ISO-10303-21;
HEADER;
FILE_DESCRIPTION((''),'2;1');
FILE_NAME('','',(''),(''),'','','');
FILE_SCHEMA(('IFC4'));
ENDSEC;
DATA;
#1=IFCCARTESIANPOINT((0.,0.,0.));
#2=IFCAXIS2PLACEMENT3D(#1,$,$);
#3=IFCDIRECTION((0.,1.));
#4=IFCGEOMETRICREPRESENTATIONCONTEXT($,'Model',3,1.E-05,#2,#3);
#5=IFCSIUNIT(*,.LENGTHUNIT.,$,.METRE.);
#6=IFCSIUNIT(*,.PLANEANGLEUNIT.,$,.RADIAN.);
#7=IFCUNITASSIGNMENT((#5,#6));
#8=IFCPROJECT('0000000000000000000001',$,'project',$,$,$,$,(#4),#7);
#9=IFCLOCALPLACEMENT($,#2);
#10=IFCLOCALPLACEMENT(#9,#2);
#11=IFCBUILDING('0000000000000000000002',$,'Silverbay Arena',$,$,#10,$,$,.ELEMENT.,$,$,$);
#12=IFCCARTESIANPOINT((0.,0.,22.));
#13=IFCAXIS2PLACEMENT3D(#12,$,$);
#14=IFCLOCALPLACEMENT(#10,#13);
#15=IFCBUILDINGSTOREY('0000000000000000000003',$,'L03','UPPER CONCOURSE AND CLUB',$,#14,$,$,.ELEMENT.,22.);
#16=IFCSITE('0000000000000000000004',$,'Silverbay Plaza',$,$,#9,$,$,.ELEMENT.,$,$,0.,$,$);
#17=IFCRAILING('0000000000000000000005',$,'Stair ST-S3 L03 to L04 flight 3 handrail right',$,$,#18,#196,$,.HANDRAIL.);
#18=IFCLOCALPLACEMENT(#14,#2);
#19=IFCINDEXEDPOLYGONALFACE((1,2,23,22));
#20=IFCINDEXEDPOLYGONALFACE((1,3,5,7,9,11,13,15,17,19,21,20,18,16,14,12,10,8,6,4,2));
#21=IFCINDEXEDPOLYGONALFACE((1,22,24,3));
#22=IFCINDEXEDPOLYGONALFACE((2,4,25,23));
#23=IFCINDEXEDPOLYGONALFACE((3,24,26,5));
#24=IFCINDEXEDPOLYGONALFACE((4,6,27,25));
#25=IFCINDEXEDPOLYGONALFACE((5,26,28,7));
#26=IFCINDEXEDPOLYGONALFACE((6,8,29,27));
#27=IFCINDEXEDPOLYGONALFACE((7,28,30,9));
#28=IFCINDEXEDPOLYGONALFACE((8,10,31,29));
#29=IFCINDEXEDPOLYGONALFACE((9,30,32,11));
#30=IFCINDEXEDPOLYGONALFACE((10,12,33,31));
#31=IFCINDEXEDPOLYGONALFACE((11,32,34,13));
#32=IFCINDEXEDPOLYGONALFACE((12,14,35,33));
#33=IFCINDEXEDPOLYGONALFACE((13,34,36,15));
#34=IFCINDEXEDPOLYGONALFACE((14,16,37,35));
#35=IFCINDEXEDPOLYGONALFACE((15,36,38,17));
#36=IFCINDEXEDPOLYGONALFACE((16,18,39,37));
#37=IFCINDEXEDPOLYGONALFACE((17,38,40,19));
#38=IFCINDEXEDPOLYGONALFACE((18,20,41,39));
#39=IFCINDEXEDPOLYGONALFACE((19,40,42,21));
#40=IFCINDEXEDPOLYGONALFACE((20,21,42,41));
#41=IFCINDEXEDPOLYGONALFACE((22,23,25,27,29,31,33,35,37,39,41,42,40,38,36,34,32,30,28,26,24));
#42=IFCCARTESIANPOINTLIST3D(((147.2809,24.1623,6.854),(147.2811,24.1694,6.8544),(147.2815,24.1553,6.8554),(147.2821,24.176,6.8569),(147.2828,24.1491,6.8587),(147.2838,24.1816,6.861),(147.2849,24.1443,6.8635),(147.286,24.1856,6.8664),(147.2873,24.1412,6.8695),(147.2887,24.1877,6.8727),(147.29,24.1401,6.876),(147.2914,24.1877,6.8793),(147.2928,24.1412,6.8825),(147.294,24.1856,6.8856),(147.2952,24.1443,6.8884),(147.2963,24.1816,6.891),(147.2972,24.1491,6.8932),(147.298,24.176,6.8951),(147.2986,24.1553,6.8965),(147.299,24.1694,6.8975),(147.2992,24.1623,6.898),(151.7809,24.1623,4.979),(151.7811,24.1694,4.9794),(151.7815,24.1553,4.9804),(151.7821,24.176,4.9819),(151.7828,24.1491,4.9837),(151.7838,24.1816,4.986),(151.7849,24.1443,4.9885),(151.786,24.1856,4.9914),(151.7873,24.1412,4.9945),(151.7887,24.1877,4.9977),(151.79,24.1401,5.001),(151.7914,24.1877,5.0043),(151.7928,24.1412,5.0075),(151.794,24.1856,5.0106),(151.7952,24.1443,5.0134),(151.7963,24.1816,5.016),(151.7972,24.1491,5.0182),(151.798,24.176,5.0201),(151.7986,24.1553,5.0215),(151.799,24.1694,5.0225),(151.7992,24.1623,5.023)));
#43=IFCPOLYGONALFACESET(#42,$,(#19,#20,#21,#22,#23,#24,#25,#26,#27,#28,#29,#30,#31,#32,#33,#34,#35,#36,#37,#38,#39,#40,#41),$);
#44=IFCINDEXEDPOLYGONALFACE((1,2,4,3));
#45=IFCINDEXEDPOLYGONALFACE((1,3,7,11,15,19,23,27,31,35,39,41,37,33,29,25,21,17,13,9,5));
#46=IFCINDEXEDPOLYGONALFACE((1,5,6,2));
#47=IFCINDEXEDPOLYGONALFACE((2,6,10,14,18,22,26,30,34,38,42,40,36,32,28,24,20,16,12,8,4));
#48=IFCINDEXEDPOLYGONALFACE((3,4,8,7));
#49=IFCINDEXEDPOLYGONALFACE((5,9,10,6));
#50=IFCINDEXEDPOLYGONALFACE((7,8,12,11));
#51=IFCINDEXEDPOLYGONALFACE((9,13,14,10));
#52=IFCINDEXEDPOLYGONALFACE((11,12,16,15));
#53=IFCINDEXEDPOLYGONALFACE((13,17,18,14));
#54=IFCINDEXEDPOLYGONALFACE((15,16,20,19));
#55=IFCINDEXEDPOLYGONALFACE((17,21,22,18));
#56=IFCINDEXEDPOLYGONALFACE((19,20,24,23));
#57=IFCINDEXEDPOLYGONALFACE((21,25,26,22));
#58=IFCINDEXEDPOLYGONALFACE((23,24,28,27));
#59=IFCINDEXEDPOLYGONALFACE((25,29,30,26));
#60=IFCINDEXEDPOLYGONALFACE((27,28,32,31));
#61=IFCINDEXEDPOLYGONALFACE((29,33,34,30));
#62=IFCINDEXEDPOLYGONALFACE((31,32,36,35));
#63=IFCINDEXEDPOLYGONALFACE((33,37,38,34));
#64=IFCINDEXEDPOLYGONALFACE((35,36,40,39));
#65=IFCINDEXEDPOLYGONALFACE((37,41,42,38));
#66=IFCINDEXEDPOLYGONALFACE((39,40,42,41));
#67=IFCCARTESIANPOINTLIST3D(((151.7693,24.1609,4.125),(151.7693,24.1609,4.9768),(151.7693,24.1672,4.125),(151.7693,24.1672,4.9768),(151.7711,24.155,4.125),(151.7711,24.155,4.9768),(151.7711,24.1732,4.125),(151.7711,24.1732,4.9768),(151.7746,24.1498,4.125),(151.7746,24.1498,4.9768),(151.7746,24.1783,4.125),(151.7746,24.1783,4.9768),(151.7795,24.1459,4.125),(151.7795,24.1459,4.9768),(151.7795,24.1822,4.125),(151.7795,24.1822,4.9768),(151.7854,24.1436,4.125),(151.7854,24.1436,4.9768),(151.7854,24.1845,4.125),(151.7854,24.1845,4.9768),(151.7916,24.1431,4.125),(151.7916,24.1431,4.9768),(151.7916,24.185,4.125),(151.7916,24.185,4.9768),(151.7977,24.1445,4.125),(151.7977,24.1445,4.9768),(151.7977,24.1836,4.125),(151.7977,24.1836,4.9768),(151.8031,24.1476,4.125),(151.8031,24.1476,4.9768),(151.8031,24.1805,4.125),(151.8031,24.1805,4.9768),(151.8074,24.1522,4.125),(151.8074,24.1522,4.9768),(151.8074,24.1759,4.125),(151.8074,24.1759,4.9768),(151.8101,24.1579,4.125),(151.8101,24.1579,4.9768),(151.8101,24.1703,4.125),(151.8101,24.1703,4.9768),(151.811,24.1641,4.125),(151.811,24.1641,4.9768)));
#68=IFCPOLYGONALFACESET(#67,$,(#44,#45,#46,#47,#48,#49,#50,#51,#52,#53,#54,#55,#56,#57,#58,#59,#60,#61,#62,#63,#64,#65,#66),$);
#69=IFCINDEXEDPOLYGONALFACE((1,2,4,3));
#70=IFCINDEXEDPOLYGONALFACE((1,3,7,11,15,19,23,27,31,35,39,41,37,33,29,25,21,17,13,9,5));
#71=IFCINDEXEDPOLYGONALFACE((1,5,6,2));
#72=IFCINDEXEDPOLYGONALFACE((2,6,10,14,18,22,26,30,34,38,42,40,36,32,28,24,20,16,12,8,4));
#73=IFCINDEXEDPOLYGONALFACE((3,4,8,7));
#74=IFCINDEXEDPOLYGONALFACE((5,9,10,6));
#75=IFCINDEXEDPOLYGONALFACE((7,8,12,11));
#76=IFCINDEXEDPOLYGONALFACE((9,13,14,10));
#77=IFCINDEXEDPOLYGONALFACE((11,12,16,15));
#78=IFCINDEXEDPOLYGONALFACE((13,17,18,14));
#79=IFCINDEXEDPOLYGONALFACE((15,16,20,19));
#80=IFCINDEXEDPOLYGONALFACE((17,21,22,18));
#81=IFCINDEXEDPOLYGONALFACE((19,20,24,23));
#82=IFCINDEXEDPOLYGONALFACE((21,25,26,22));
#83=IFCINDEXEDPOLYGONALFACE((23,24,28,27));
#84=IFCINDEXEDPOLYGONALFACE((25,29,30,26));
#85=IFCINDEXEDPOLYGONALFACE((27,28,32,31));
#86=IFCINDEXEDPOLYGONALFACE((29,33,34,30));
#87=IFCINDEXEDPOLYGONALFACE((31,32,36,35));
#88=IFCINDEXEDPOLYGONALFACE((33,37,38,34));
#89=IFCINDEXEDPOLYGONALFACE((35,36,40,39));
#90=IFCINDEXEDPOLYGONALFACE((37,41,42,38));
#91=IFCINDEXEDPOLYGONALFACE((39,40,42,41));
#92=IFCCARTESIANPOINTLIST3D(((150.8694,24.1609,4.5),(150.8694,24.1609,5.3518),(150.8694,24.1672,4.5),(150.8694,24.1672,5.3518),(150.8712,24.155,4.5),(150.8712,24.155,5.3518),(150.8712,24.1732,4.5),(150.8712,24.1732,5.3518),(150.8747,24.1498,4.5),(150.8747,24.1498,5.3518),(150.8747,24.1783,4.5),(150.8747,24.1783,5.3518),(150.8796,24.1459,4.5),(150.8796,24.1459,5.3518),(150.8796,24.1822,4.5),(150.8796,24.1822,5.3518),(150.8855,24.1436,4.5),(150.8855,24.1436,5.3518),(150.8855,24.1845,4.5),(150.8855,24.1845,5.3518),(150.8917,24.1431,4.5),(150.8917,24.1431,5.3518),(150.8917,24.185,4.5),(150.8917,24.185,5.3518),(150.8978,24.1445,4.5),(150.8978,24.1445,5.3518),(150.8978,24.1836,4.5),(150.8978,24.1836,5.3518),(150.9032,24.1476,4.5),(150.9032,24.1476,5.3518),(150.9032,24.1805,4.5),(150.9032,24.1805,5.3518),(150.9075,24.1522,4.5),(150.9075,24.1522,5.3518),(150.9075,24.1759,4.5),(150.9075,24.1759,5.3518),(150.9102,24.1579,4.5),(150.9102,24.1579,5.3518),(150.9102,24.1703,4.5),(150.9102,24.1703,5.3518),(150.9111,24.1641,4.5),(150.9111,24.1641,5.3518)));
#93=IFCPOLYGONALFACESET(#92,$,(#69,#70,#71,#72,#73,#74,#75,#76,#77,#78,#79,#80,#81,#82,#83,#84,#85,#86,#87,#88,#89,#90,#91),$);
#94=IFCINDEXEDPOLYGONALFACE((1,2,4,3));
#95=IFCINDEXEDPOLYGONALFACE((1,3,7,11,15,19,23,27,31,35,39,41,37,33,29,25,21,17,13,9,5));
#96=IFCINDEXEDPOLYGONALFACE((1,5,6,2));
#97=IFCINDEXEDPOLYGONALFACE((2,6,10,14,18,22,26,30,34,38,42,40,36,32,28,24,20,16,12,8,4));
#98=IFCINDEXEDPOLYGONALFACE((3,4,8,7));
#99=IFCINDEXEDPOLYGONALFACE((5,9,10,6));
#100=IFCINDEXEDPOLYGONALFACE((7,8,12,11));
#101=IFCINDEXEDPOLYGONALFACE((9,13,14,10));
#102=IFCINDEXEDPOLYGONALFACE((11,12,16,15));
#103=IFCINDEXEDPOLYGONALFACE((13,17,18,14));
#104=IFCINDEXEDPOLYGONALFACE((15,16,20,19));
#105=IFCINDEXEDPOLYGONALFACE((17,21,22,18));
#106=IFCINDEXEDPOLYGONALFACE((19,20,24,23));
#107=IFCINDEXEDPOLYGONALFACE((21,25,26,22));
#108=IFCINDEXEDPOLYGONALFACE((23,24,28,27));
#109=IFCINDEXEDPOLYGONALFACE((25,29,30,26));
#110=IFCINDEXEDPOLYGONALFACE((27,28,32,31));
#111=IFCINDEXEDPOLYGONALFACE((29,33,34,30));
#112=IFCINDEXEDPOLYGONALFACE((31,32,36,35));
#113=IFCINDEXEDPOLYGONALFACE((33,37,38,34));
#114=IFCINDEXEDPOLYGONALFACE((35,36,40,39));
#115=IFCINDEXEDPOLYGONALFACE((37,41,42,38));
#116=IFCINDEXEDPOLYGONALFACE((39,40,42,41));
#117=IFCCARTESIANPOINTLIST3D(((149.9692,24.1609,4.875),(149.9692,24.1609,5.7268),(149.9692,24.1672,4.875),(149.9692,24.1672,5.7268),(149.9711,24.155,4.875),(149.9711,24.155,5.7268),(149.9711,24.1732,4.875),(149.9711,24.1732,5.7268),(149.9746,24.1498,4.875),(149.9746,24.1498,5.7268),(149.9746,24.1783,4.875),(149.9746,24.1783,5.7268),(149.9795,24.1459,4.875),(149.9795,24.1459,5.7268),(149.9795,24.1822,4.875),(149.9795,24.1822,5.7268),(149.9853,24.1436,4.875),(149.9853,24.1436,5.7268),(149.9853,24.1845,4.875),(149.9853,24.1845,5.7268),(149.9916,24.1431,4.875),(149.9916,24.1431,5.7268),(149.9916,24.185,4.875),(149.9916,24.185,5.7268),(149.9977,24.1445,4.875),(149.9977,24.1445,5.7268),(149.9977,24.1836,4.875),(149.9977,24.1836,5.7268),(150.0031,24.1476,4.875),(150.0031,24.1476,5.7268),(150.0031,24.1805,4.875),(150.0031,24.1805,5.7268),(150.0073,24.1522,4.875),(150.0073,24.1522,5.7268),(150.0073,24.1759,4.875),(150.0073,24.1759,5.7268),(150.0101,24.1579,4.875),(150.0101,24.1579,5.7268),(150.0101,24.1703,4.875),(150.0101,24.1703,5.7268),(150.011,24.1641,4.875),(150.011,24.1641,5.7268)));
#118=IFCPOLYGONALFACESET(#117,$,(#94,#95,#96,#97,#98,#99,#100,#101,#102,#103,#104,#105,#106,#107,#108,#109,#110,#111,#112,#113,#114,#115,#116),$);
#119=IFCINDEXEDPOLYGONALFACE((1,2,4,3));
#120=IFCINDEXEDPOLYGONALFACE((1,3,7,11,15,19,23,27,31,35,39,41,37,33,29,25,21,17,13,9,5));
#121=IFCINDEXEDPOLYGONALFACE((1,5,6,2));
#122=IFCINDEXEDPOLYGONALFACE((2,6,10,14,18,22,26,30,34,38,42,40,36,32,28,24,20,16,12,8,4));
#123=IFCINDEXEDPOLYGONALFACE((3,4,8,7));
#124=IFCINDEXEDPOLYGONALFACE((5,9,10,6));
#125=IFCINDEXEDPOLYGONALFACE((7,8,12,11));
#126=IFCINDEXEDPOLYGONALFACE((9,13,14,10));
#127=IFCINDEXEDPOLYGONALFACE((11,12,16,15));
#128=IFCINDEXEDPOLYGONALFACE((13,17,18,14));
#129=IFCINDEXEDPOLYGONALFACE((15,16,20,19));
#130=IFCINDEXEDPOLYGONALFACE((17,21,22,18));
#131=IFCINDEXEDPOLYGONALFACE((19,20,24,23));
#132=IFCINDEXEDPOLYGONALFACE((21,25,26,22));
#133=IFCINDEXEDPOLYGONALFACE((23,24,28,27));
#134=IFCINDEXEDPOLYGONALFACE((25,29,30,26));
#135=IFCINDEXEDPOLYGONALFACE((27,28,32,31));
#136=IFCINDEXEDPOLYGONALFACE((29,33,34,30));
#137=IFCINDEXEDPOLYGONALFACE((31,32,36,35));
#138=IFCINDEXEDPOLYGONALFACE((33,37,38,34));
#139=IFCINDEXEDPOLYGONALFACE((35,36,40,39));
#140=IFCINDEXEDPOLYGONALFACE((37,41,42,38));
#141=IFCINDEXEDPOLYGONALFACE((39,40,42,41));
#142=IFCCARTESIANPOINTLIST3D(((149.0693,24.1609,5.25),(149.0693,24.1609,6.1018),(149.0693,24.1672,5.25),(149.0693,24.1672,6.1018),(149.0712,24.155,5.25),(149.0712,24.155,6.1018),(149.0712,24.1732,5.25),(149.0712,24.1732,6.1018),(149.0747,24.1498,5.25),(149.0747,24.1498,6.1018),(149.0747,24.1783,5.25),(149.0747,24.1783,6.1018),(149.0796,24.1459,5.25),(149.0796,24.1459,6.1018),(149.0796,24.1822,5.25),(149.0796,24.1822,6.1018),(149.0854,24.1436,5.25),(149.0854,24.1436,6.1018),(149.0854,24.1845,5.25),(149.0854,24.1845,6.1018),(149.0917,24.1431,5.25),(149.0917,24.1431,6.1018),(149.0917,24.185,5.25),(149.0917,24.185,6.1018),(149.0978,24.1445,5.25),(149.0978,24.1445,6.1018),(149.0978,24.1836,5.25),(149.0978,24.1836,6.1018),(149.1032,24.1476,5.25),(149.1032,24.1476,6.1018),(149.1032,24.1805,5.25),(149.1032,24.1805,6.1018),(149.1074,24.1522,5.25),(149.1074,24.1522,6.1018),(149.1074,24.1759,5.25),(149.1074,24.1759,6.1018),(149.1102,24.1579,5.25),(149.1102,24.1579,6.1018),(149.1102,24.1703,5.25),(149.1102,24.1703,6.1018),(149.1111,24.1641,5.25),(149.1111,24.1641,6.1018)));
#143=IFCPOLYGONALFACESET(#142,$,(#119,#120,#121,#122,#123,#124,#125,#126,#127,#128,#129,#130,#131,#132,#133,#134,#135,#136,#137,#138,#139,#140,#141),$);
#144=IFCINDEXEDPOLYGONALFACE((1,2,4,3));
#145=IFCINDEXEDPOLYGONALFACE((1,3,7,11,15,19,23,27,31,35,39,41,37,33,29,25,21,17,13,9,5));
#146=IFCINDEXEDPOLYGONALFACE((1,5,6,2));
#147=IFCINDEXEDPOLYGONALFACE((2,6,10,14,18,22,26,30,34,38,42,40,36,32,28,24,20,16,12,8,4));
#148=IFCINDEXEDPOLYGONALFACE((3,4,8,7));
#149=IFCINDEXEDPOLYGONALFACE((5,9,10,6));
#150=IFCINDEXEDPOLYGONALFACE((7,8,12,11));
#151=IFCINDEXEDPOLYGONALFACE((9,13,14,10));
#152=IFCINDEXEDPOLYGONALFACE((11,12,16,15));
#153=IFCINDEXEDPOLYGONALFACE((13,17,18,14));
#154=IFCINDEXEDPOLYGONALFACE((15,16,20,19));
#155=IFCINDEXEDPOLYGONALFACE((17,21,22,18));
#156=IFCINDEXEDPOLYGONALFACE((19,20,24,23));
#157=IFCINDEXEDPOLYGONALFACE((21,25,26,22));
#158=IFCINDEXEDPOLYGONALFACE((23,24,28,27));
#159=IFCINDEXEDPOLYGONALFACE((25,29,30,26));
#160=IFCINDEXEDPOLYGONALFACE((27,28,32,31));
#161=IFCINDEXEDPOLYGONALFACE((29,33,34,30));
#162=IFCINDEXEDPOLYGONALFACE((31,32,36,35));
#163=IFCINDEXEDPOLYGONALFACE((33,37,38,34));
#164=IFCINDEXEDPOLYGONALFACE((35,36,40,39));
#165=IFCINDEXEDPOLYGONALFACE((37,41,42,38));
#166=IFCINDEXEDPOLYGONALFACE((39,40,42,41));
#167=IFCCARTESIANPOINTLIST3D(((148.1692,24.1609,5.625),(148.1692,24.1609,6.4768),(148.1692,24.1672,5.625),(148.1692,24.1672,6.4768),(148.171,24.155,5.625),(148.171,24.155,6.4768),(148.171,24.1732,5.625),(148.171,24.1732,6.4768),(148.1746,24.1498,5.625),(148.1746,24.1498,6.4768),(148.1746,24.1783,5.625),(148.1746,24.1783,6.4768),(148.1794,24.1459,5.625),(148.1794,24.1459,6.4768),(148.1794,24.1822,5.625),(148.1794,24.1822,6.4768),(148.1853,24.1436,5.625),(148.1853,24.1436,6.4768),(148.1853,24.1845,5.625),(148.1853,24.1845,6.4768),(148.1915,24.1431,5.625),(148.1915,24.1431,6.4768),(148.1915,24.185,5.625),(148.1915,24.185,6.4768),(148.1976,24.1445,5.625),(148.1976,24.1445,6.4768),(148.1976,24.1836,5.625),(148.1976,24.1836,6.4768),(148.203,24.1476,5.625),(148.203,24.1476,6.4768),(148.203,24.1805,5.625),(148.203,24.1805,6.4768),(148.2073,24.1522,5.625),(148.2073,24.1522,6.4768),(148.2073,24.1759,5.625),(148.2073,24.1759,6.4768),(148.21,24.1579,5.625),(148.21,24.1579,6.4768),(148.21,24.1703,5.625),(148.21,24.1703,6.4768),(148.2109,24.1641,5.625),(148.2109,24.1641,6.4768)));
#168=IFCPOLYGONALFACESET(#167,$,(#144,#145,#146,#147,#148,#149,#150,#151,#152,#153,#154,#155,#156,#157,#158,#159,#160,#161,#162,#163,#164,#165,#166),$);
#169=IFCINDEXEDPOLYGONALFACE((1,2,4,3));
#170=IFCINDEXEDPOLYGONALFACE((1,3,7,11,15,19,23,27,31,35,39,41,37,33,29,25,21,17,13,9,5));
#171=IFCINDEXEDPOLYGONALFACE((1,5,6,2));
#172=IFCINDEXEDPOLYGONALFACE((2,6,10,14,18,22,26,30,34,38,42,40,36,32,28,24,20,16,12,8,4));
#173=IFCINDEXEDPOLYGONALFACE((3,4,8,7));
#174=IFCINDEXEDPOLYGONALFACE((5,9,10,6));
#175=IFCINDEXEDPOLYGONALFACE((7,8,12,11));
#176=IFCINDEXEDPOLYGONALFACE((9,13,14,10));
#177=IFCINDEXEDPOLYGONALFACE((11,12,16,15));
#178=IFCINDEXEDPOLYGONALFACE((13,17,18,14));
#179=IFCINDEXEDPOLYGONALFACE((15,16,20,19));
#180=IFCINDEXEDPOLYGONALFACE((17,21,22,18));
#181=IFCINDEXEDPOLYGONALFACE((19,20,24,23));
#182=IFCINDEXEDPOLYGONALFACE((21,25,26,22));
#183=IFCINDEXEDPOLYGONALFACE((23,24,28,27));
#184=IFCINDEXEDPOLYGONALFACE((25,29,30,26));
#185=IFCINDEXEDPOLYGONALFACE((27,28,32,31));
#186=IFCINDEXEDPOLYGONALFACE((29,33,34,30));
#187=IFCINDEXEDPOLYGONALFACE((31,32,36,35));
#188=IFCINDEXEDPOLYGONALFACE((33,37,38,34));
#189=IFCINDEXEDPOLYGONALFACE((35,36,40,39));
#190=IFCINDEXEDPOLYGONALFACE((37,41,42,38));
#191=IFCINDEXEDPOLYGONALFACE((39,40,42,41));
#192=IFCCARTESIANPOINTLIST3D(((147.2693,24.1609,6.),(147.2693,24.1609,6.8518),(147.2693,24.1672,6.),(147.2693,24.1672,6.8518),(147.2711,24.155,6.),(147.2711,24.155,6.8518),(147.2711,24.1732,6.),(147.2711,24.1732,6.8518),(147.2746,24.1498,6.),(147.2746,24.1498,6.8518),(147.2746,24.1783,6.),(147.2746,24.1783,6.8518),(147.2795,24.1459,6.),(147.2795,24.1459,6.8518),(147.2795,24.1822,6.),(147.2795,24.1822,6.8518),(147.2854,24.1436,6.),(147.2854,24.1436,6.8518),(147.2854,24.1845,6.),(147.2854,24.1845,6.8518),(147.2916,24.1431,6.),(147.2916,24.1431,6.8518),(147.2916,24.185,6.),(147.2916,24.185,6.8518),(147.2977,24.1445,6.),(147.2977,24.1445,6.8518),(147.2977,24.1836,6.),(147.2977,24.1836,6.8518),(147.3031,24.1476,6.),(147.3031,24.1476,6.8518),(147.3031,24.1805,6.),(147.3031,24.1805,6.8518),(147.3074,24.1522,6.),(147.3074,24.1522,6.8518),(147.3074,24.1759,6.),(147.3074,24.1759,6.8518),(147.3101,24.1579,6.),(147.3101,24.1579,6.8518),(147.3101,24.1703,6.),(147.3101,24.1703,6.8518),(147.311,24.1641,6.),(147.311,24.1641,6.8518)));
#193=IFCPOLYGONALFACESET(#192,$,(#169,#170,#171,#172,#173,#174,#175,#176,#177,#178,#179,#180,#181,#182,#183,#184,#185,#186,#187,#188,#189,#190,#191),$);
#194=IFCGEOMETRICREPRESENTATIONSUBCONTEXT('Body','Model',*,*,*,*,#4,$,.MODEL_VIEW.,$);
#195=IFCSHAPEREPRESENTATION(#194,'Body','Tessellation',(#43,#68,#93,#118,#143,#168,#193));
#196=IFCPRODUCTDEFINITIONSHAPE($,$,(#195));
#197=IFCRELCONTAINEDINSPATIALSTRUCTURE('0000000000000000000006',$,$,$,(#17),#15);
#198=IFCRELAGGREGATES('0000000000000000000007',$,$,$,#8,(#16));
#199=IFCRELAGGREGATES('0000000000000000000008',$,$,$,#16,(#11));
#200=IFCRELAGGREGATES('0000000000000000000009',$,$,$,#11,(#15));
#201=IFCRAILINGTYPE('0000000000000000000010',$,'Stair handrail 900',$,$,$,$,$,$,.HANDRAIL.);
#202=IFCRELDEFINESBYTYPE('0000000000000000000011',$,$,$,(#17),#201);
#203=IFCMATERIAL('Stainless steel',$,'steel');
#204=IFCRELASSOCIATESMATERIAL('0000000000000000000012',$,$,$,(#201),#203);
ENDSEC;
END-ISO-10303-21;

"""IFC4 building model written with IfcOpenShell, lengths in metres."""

from ifc_helpers import new_model, si_unit, direction, frame, origin, origin_2d, place, context, subcontext, project, spatial, circle, extrude, material, type_object, element, save


model = new_model("IFC4")

# Units and contexts
model_context = context("Model", 3, precision=1e-05, world=origin(), true_north=direction((0.0, 1.0)))
body_context = subcontext(model_context, "Body", "Model", "MODEL_VIEW")
ifc_project = project(units=[si_unit("LENGTHUNIT", "METRE"), si_unit("PLANEANGLEUNIT", "RADIAN")], contexts=[model_context])

# Site, building, storey
site_placement = place(None, origin())
site = spatial("IfcSite", under=ifc_project, at=site_placement, Name="Silverbay Plaza", CompositionType="ELEMENT", RefElevation=0.0)
building_placement = place(site_placement, origin())
building = spatial("IfcBuilding", under=site, at=building_placement, Name="Silverbay Arena", CompositionType="ELEMENT")
storey_placement = place(building_placement, frame((0.0, 0.0, 22.0)))
storey = spatial("IfcBuildingStorey", under=building, at=storey_placement, Name="L03", Description="UPPER CONCOURSE AND CLUB", CompositionType="ELEMENT", Elevation=22.0)

# Railing
ifc_material_1 = material(Name="Stainless steel", Category="steel")
railing_type_1 = type_object("IfcRailingType", Name="Stair handrail 900", PredefinedType="HANDRAIL", material=ifc_material_1)
for number, where, name in (
    (1, (151.79, 24.1641, 4.125), "Stair ST-S3 L03 to L04 flight 3 handrail right"),
):
    element("IfcRailing", number, at=place(storey_placement, frame(where)), inside=storey, type_object=railing_type_1, Name=name, PredefinedType="HANDRAIL", context=body_context, shape_type="SweptSolid", body=[
        extrude(circle(Radius=0.0239, at=origin_2d()), frame((0.0, 0.0, 0.876), z_axis=(-0.923077, 0.0, 0.384615), x_axis=(0.0, -1.0, 0.0)), (0.0, 0.0, 1.0), 4.875),
        extrude(circle(Radius=0.021, at=origin_2d()), origin(), (0.0, 0.0, 1.0), 0.8518),
        extrude(circle(Radius=0.021, at=origin_2d()), frame((-0.8999, 0.0, 0.375)), (0.0, 0.0, 1.0), 0.8518),
        extrude(circle(Radius=0.021, at=origin_2d()), frame((-1.8, 0.0, 0.75)), (0.0, 0.0, 1.0), 0.8518),
        extrude(circle(Radius=0.021, at=origin_2d()), frame((-2.7, 0.0, 1.125)), (0.0, 0.0, 1.0), 0.8518),
        extrude(circle(Radius=0.021, at=origin_2d()), frame((-3.6001, 0.0, 1.5)), (0.0, 0.0, 1.0), 0.8518),
        extrude(circle(Radius=0.021, at=origin_2d()), frame((-4.5, 0.0, 1.875)), (0.0, 0.0, 1.0), 0.8518),
    ])

save(model, "model.ifc")
